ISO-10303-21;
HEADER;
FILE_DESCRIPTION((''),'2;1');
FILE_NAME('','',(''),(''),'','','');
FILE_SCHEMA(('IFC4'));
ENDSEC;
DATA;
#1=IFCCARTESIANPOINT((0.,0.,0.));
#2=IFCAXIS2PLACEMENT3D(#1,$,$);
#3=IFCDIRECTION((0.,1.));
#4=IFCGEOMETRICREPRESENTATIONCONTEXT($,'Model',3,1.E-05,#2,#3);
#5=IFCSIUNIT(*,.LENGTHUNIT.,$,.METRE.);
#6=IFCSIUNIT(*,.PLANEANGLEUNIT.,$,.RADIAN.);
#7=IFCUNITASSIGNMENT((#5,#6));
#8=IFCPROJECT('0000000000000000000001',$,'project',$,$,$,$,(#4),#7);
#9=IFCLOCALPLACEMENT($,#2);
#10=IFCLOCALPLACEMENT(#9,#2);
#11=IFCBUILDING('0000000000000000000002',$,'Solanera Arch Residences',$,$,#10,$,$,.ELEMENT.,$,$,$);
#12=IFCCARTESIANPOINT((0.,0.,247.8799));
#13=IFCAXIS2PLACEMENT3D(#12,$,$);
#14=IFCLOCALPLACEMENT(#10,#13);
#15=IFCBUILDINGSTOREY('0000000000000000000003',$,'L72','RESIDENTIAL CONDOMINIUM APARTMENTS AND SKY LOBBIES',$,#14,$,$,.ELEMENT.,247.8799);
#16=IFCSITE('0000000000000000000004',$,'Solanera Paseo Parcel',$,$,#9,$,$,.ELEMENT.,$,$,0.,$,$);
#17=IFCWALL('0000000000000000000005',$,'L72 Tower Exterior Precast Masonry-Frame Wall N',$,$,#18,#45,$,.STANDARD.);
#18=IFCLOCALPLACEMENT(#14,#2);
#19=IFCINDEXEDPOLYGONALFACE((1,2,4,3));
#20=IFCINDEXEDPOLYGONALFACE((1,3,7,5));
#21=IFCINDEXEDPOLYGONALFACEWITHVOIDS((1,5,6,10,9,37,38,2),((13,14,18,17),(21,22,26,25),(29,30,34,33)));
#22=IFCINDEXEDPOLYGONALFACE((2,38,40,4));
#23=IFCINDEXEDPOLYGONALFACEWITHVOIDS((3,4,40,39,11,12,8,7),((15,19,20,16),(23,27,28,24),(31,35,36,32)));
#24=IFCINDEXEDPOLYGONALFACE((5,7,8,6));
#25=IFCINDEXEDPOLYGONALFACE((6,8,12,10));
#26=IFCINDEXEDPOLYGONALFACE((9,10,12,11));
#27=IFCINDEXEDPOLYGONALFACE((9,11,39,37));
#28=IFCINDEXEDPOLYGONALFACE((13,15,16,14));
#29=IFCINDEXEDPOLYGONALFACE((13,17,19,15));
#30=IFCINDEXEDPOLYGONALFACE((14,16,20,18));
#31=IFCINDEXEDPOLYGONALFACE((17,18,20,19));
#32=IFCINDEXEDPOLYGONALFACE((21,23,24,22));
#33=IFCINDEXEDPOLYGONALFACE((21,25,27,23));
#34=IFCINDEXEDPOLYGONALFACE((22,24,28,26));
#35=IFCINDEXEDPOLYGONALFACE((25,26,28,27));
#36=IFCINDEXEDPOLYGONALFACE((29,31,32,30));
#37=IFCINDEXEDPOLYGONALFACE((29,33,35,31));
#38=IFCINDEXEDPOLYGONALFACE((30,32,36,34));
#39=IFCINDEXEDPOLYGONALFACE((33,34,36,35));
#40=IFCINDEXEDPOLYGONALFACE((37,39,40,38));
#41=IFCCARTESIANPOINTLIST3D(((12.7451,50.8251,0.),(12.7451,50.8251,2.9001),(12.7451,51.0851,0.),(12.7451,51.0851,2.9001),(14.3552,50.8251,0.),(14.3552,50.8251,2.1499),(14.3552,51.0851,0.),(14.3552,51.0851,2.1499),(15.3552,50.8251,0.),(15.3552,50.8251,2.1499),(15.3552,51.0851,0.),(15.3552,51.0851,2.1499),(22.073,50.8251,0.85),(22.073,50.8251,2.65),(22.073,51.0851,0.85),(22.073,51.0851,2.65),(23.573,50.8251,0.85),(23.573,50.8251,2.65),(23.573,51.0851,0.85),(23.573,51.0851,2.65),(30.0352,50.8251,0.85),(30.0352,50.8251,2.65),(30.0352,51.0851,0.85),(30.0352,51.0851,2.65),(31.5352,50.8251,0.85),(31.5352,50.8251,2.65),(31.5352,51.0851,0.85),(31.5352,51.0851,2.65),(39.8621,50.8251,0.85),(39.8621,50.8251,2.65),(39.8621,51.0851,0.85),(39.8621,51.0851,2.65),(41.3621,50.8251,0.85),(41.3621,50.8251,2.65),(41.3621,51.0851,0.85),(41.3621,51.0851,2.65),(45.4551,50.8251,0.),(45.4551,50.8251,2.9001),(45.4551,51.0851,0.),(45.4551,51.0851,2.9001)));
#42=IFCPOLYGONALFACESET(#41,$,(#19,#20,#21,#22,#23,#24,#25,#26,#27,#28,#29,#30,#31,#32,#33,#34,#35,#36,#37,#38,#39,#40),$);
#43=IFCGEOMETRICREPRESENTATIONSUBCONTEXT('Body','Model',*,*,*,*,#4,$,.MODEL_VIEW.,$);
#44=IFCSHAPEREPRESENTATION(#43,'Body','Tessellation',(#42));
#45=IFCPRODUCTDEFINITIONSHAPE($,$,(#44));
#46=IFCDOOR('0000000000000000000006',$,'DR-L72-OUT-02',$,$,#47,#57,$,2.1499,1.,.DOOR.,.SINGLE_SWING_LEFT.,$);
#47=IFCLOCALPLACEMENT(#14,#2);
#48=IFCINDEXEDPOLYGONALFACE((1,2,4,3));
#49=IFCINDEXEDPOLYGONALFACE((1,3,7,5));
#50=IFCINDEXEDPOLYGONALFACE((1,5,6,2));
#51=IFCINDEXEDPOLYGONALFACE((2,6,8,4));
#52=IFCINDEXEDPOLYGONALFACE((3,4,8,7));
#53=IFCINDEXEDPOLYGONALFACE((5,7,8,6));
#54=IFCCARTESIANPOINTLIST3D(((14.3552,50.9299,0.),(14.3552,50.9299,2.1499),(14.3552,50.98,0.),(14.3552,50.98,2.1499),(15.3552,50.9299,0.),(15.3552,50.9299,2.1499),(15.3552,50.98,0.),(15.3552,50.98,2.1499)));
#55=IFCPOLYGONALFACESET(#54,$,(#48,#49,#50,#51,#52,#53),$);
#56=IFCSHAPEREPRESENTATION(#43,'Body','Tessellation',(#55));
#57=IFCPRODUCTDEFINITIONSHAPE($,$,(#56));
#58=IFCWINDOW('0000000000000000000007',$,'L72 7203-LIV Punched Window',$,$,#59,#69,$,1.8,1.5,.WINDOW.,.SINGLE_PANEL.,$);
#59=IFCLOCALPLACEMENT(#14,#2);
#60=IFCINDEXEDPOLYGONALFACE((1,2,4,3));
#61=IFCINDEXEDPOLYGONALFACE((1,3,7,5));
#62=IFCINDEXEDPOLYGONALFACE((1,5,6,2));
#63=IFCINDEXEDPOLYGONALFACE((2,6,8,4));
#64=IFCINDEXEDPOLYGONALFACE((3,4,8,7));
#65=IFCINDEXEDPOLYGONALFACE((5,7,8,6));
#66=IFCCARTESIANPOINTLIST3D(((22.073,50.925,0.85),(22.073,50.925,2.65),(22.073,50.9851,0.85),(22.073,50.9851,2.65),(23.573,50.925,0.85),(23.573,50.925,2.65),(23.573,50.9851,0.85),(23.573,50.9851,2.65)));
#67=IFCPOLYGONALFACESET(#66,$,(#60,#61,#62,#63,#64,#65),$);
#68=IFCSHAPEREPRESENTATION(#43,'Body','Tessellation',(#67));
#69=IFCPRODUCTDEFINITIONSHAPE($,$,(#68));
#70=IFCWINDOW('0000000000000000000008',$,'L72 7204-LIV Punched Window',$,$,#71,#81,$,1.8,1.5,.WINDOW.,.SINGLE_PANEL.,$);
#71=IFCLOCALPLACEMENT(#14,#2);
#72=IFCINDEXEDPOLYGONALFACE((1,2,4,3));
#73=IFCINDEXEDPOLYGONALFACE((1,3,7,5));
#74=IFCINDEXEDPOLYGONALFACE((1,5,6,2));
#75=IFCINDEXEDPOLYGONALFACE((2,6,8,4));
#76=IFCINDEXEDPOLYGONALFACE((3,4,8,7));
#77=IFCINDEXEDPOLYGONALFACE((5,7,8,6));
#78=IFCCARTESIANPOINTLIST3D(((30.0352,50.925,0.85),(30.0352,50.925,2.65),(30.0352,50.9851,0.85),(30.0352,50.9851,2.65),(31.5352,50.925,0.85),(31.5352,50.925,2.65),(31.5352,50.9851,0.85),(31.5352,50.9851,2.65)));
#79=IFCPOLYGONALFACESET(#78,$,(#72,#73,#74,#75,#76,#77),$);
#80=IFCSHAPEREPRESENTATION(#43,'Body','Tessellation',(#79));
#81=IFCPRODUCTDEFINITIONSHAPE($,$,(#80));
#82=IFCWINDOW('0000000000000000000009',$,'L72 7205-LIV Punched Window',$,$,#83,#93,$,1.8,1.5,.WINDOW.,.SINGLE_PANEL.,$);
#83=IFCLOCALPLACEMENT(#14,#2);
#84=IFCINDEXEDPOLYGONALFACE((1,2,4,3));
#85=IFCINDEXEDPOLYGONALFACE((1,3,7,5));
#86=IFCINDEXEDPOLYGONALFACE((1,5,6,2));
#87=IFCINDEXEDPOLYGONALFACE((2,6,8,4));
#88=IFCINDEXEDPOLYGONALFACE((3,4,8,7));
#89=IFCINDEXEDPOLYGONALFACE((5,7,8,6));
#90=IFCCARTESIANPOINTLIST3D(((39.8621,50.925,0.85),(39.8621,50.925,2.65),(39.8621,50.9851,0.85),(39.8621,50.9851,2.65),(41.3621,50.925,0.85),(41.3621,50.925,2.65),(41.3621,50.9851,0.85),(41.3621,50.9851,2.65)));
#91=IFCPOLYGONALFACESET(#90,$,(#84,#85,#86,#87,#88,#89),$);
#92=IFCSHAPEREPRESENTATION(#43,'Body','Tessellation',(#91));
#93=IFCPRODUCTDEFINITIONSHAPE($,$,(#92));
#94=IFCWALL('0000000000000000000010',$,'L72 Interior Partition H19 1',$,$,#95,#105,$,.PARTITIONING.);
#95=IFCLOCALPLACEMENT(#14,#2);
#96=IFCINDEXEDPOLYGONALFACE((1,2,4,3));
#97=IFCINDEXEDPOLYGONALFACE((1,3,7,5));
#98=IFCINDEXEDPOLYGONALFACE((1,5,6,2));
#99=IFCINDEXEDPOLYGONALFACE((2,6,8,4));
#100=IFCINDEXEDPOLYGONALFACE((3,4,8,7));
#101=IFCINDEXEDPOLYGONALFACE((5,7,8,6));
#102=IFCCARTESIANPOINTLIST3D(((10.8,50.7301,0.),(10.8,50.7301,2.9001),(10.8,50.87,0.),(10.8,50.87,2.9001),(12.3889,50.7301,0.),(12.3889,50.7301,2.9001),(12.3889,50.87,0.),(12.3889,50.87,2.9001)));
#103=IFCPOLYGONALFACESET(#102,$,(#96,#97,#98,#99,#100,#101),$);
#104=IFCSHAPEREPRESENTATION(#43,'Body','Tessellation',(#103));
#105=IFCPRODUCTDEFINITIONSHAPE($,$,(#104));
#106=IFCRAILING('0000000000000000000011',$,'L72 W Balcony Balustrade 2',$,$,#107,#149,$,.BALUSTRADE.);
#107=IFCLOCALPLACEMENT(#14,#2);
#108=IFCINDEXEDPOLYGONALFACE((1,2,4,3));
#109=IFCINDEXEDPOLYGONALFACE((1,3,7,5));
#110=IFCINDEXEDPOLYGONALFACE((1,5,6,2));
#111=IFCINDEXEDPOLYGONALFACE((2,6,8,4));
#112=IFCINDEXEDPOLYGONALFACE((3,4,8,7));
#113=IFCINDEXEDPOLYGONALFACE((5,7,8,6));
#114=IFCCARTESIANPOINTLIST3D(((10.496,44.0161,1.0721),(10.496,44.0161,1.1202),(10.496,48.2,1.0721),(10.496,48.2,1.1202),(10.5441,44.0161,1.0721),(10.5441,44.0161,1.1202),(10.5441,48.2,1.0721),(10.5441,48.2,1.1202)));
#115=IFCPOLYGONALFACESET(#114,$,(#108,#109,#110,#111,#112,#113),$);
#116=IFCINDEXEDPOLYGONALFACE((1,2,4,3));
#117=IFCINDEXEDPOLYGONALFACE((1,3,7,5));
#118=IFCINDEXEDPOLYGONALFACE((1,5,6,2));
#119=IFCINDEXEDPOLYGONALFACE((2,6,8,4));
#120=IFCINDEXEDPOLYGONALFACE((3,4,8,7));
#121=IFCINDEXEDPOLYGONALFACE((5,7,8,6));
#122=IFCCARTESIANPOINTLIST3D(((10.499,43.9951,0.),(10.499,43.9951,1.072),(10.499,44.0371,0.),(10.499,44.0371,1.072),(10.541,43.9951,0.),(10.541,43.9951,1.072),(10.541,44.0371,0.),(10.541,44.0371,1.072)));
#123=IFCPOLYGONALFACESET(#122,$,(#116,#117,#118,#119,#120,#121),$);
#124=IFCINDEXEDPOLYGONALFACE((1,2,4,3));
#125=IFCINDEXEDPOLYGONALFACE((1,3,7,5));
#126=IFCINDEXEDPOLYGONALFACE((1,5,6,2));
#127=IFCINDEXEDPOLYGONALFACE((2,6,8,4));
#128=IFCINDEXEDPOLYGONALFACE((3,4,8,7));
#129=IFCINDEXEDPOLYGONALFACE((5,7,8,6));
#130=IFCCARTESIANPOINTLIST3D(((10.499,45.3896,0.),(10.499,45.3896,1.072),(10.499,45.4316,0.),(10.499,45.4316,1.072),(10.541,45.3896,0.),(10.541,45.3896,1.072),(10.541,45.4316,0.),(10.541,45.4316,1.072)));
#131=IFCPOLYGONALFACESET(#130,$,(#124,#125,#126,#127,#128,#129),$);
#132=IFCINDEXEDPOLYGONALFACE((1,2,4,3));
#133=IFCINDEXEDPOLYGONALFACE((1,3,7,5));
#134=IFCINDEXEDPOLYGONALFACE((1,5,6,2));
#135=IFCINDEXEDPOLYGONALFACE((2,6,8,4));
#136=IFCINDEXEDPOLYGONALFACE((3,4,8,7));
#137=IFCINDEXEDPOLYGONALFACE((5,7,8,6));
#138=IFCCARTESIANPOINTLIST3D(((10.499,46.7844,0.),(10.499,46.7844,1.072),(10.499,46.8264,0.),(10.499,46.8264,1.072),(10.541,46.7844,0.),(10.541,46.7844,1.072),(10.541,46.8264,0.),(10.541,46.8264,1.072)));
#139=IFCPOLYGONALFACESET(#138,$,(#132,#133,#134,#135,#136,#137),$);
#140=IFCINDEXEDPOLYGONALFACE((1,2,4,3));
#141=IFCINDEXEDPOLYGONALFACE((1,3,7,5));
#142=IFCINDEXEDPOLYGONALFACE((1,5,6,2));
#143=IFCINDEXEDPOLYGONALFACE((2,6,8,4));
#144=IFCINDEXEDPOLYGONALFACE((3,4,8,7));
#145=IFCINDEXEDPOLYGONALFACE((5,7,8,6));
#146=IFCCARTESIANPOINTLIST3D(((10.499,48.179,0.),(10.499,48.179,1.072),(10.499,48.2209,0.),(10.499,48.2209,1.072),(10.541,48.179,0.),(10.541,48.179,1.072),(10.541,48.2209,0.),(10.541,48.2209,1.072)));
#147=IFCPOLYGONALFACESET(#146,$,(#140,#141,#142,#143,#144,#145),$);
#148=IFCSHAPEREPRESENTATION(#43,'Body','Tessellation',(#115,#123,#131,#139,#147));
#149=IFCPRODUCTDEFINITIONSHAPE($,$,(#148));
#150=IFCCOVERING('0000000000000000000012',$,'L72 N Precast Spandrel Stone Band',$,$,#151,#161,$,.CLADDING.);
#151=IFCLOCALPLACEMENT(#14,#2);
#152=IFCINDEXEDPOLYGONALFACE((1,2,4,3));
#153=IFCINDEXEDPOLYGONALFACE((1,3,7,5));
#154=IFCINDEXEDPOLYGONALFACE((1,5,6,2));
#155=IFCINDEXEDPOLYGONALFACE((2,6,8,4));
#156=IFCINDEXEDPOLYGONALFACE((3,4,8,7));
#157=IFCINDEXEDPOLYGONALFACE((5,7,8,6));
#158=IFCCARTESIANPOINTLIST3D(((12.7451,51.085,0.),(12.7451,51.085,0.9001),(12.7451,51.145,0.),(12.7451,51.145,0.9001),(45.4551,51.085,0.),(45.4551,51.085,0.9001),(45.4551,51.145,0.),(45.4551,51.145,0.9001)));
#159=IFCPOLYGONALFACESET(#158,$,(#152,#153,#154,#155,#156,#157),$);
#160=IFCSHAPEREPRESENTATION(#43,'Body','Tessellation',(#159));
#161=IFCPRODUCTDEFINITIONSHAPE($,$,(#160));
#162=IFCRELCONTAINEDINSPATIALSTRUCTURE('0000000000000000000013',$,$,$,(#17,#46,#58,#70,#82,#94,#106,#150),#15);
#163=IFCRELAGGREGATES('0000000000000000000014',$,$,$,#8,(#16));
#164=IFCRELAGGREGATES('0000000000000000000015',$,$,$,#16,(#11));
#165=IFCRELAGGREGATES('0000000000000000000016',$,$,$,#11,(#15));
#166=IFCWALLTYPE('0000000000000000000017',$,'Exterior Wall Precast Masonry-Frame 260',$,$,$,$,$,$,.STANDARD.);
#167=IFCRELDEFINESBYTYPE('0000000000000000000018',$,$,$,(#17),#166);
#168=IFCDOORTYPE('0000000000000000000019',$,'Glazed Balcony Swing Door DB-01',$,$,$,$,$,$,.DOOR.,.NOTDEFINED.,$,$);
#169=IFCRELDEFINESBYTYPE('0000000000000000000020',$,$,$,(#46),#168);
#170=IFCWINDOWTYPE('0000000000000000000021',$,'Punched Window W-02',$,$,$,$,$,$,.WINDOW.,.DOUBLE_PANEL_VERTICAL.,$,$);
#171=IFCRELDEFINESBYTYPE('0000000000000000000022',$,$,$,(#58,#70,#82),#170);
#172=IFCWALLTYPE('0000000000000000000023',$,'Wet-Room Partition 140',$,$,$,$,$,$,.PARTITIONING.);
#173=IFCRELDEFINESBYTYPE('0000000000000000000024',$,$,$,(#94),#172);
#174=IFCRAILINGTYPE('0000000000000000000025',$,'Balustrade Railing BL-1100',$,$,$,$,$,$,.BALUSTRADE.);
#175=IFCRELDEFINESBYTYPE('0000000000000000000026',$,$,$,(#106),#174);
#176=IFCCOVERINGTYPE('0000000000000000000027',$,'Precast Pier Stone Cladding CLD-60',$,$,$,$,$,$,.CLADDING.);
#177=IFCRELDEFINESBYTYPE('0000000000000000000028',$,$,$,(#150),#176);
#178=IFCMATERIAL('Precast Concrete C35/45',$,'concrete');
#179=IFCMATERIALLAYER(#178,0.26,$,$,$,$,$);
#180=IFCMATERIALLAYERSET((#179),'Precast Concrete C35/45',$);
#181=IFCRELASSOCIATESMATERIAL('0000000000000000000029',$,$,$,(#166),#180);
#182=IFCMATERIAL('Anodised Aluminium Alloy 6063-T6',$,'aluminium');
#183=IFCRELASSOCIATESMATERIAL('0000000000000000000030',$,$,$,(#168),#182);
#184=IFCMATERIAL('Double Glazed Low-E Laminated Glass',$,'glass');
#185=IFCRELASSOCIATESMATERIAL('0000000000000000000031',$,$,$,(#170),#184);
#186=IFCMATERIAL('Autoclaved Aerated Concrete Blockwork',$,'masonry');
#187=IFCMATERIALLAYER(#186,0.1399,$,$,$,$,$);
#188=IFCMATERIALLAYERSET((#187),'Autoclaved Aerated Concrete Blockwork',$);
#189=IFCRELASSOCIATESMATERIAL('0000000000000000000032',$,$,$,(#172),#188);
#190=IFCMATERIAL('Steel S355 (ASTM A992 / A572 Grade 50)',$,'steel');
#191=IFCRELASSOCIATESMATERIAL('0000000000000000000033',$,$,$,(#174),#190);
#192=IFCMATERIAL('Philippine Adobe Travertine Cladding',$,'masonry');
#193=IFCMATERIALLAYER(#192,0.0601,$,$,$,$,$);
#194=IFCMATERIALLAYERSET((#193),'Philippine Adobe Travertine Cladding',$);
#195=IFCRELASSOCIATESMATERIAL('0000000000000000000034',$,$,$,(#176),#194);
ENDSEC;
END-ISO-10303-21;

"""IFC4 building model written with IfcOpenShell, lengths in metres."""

from ifc_helpers import new_model, si_unit, direction, frame, frame_2d, origin, origin_2d, place, context, subcontext, project, spatial, rectangle, extrude, material, layer, layer_set, type_object, element, fill, save


model = new_model("IFC4")

# Units and contexts
model_context = context("Model", 3, precision=1e-05, world=origin(), true_north=direction((0.0, 1.0)))
body_context = subcontext(model_context, "Body", "Model", "MODEL_VIEW")
ifc_project = project(units=[si_unit("LENGTHUNIT", "METRE"), si_unit("PLANEANGLEUNIT", "RADIAN")], contexts=[model_context])

# Site, building, storey
site_placement = place(None, origin())
site = spatial("IfcSite", under=ifc_project, at=site_placement, Name="Solanera Paseo Parcel", CompositionType="ELEMENT", RefElevation=0.0)
building_placement = place(site_placement, origin())
building = spatial("IfcBuilding", under=site, at=building_placement, Name="Solanera Arch Residences", CompositionType="ELEMENT")
storey_placement = place(building_placement, frame((0.0, 0.0, 247.8799)))
storey = spatial("IfcBuildingStorey", under=building, at=storey_placement, Name="L72", Description="RESIDENTIAL CONDOMINIUM APARTMENTS AND SKY LOBBIES", CompositionType="ELEMENT", Elevation=247.8799)

# Shared definitions
ifc_material_1 = material(Name="Precast Concrete C35/45", Category="concrete")
ifc_layer_1 = layer(ifc_material_1, 0.26)
ifc_layer_set_1 = layer_set([ifc_layer_1], Name="Precast Concrete C35/45")
wall_type_1 = type_object("IfcWallType", Name="Exterior Wall Precast Masonry-Frame 260", PredefinedType="STANDARD", material=ifc_layer_set_1)

# Wall, openings, door, windows
wall_1_placement = place(storey_placement, frame((12.7451, 50.9551, 0.0), z_axis=(0.0, 0.0, 1.0), x_axis=(1.0, 0.0, 0.0)))
wall_1 = element("IfcWall", 1, at=wall_1_placement, inside=storey, type_object=wall_type_1, Name="L72 Tower Exterior Precast Masonry-Frame Wall N", PredefinedType="STANDARD", context=body_context, shape_type="SweptSolid", body=[
    extrude(rectangle(XDim=32.71, YDim=0.26, at=frame_2d((16.355, 0.0))), origin(), (0.0, 0.0, 1.0), 2.9001),
])
opening_1_placement = place(wall_1_placement, frame((1.6101, 0.0, 0.0)))
opening_1 = element("IfcOpeningElement", 2, at=opening_1_placement, cuts=wall_1, PredefinedType="OPENING", context=body_context, shape_type="SweptSolid", body=[
    extrude(rectangle(XDim=1.0, YDim=2.1499, at=frame_2d((0.5, 1.075))), frame((0.0, 0.1399, 0.0), z_axis=(0.0, -1.0, 0.0), x_axis=(1.0, 0.0, 0.0)), (0.0, 0.0, 1.0), 0.28),
])
opening_2_placement = place(wall_1_placement, frame((9.3279, 0.0, 0.8501)))
opening_2 = element("IfcOpeningElement", 3, at=opening_2_placement, cuts=wall_1, PredefinedType="OPENING", context=body_context, shape_type="SweptSolid", body=[
    extrude(rectangle(XDim=1.5, YDim=1.8, at=frame_2d((0.75, 0.8999))), frame((0.0, 0.1399, 0.0), z_axis=(0.0, -1.0, 0.0), x_axis=(1.0, 0.0, 0.0)), (0.0, 0.0, 1.0), 0.28),
])
opening_3_placement = place(wall_1_placement, frame((17.29, 0.0, 0.8501)))
opening_3 = element("IfcOpeningElement", 4, at=opening_3_placement, cuts=wall_1, PredefinedType="OPENING", context=body_context, shape_type="SweptSolid", body=[
    extrude(rectangle(XDim=1.5, YDim=1.8, at=frame_2d((0.75, 0.8999))), frame((0.0, 0.1399, 0.0), z_axis=(0.0, -1.0, 0.0), x_axis=(1.0, 0.0, 0.0)), (0.0, 0.0, 1.0), 0.28),
])
opening_4_placement = place(wall_1_placement, frame((27.1169, 0.0, 0.8501)))
opening_4 = element("IfcOpeningElement", 5, at=opening_4_placement, cuts=wall_1, PredefinedType="OPENING", context=body_context, shape_type="SweptSolid", body=[
    extrude(rectangle(XDim=1.5, YDim=1.8, at=frame_2d((0.75, 0.8999))), frame((0.0, 0.1399, 0.0), z_axis=(0.0, -1.0, 0.0), x_axis=(1.0, 0.0, 0.0)), (0.0, 0.0, 1.0), 0.28),
])
ifc_material_2 = material(Name="Anodised Aluminium Alloy 6063-T6", Category="aluminium")
door_type_1 = type_object("IfcDoorType", Name="Glazed Balcony Swing Door DB-01", OperationType="NOTDEFINED", PredefinedType="DOOR", material=ifc_material_2)
door_1_placement = place(opening_1_placement, origin())
door_1 = element("IfcDoor", 6, at=door_1_placement, inside=storey, type_object=door_type_1, Name="DR-L72-OUT-02", OperationType="SINGLE_SWING_LEFT", OverallHeight=2.1499, OverallWidth=1.0, PredefinedType="DOOR", context=body_context, shape_type="SweptSolid", body=[
    extrude(rectangle(XDim=1.0, YDim=2.1499, at=frame_2d((0.5, 1.075))), frame((0.0, 0.0249, 0.0), z_axis=(0.0, -1.0, 0.0), x_axis=(1.0, 0.0, 0.0)), (0.0, 0.0, 1.0), 0.05),
])
fill(opening_1, door_1)
ifc_material_3 = material(Name="Double Glazed Low-E Laminated Glass", Category="glass")
window_type = type_object("IfcWindowType", Name="Punched Window W-02", PartitioningType="DOUBLE_PANEL_VERTICAL", PredefinedType="WINDOW", material=ifc_material_3)
window_1_placement = place(opening_2_placement, origin())
window_1 = element("IfcWindow", 7, at=window_1_placement, inside=storey, type_object=window_type, Name="L72 7203-LIV Punched Window", OverallHeight=1.8, OverallWidth=1.5, PartitioningType="SINGLE_PANEL", PredefinedType="WINDOW", context=body_context, shape_type="SweptSolid", body=[
    extrude(rectangle(XDim=1.5, YDim=1.8, at=frame_2d((0.75, 0.8999))), frame((0.0, 0.03, 0.0), z_axis=(0.0, -1.0, 0.0), x_axis=(1.0, 0.0, 0.0)), (0.0, 0.0, 1.0), 0.0601),
])
fill(opening_2, window_1)
window_2_placement = place(opening_3_placement, origin())
window_2 = element("IfcWindow", 8, at=window_2_placement, inside=storey, type_object=window_type, Name="L72 7204-LIV Punched Window", OverallHeight=1.8, OverallWidth=1.5, PartitioningType="SINGLE_PANEL", PredefinedType="WINDOW", context=body_context, shape_type="SweptSolid", body=[
    extrude(rectangle(XDim=1.5, YDim=1.8, at=frame_2d((0.75, 0.8999))), frame((0.0, 0.03, 0.0), z_axis=(0.0, -1.0, 0.0), x_axis=(1.0, 0.0, 0.0)), (0.0, 0.0, 1.0), 0.0601),
])
fill(opening_3, window_2)
window_3_placement = place(opening_4_placement, origin())
window_3 = element("IfcWindow", 9, at=window_3_placement, inside=storey, type_object=window_type, Name="L72 7205-LIV Punched Window", OverallHeight=1.8, OverallWidth=1.5, PartitioningType="SINGLE_PANEL", PredefinedType="WINDOW", context=body_context, shape_type="SweptSolid", body=[
    extrude(rectangle(XDim=1.5, YDim=1.8, at=frame_2d((0.75, 0.8999))), frame((0.0, 0.03, 0.0), z_axis=(0.0, -1.0, 0.0), x_axis=(1.0, 0.0, 0.0)), (0.0, 0.0, 1.0), 0.0601),
])
fill(opening_4, window_3)

# Wall
ifc_material_4 = material(Name="Autoclaved Aerated Concrete Blockwork", Category="masonry")
ifc_layer_2 = layer(ifc_material_4, 0.1399)
ifc_layer_set_2 = layer_set([ifc_layer_2], Name="Autoclaved Aerated Concrete Blockwork")
wall_type_2 = type_object("IfcWallType", Name="Wet-Room Partition 140", PredefinedType="PARTITIONING", material=ifc_layer_set_2)
wall_2_placement = place(storey_placement, frame((10.8, 50.8, 0.0), z_axis=(0.0, 0.0, 1.0), x_axis=(1.0, 0.0, 0.0)))
element("IfcWall", 10, at=wall_2_placement, inside=storey, type_object=wall_type_2, Name="L72 Interior Partition H19 1", PredefinedType="PARTITIONING", context=body_context, shape_type="SweptSolid", body=[
    extrude(rectangle(XDim=1.5889, YDim=0.1399, at=frame_2d((0.7944, 0.0))), origin(), (0.0, 0.0, 1.0), 2.9001),
])

# Railing
ifc_material_5 = material(Name="Steel S355 (ASTM A992 / A572 Grade 50)", Category="steel")
railing_type = type_object("IfcRailingType", Name="Balustrade Railing BL-1100", PredefinedType="BALUSTRADE", material=ifc_material_5)
railing_1_placement = place(storey_placement, frame((10.52, 44.0161, 0.0)))
element("IfcRailing", 11, at=railing_1_placement, inside=storey, type_object=railing_type, Name="L72 W Balcony Balustrade 2", PredefinedType="BALUSTRADE", context=body_context, shape_type="SweptSolid", body=[
    extrude(rectangle(XDim=0.0481, YDim=0.0481, at=origin_2d()), frame((0.0, 0.0, 1.0962), z_axis=(0.0, 1.0, 0.0), x_axis=(-1.0, 0.0, 0.0)), (0.0, 0.0, 1.0), 4.1838),
    extrude(rectangle(XDim=0.042, YDim=0.042, at=origin_2d()), origin(), (0.0, 0.0, 1.0), 1.072),
    extrude(rectangle(XDim=0.042, YDim=0.042, at=origin_2d()), frame((0.0, 1.3945, 0.0)), (0.0, 0.0, 1.0), 1.072),
    extrude(rectangle(XDim=0.042, YDim=0.042, at=origin_2d()), frame((0.0, 2.7893, 0.0)), (0.0, 0.0, 1.0), 1.072),
    extrude(rectangle(XDim=0.042, YDim=0.042, at=origin_2d()), frame((0.0, 4.1838, 0.0)), (0.0, 0.0, 1.0), 1.072),
])

# Covering
ifc_material_6 = material(Name="Philippine Adobe Travertine Cladding", Category="masonry")
ifc_layer_3 = layer(ifc_material_6, 0.0601)
ifc_layer_set_3 = layer_set([ifc_layer_3], Name="Philippine Adobe Travertine Cladding")
covering_type = type_object("IfcCoveringType", Name="Precast Pier Stone Cladding CLD-60", PredefinedType="CLADDING", material=ifc_layer_set_3)
covering_placement = place(storey_placement, frame((12.7451, 51.115, 0.0), z_axis=(0.0, 0.0, 1.0), x_axis=(1.0, 0.0, 0.0)))
element("IfcCovering", 12, at=covering_placement, inside=storey, type_object=covering_type, Name="L72 N Precast Spandrel Stone Band", PredefinedType="CLADDING", context=body_context, shape_type="SweptSolid", body=[
    extrude(rectangle(XDim=32.71, YDim=0.0601, at=frame_2d((16.355, 0.0))), origin(), (0.0, 0.0, 1.0), 0.9001),
])

save(model, "model.ifc")
